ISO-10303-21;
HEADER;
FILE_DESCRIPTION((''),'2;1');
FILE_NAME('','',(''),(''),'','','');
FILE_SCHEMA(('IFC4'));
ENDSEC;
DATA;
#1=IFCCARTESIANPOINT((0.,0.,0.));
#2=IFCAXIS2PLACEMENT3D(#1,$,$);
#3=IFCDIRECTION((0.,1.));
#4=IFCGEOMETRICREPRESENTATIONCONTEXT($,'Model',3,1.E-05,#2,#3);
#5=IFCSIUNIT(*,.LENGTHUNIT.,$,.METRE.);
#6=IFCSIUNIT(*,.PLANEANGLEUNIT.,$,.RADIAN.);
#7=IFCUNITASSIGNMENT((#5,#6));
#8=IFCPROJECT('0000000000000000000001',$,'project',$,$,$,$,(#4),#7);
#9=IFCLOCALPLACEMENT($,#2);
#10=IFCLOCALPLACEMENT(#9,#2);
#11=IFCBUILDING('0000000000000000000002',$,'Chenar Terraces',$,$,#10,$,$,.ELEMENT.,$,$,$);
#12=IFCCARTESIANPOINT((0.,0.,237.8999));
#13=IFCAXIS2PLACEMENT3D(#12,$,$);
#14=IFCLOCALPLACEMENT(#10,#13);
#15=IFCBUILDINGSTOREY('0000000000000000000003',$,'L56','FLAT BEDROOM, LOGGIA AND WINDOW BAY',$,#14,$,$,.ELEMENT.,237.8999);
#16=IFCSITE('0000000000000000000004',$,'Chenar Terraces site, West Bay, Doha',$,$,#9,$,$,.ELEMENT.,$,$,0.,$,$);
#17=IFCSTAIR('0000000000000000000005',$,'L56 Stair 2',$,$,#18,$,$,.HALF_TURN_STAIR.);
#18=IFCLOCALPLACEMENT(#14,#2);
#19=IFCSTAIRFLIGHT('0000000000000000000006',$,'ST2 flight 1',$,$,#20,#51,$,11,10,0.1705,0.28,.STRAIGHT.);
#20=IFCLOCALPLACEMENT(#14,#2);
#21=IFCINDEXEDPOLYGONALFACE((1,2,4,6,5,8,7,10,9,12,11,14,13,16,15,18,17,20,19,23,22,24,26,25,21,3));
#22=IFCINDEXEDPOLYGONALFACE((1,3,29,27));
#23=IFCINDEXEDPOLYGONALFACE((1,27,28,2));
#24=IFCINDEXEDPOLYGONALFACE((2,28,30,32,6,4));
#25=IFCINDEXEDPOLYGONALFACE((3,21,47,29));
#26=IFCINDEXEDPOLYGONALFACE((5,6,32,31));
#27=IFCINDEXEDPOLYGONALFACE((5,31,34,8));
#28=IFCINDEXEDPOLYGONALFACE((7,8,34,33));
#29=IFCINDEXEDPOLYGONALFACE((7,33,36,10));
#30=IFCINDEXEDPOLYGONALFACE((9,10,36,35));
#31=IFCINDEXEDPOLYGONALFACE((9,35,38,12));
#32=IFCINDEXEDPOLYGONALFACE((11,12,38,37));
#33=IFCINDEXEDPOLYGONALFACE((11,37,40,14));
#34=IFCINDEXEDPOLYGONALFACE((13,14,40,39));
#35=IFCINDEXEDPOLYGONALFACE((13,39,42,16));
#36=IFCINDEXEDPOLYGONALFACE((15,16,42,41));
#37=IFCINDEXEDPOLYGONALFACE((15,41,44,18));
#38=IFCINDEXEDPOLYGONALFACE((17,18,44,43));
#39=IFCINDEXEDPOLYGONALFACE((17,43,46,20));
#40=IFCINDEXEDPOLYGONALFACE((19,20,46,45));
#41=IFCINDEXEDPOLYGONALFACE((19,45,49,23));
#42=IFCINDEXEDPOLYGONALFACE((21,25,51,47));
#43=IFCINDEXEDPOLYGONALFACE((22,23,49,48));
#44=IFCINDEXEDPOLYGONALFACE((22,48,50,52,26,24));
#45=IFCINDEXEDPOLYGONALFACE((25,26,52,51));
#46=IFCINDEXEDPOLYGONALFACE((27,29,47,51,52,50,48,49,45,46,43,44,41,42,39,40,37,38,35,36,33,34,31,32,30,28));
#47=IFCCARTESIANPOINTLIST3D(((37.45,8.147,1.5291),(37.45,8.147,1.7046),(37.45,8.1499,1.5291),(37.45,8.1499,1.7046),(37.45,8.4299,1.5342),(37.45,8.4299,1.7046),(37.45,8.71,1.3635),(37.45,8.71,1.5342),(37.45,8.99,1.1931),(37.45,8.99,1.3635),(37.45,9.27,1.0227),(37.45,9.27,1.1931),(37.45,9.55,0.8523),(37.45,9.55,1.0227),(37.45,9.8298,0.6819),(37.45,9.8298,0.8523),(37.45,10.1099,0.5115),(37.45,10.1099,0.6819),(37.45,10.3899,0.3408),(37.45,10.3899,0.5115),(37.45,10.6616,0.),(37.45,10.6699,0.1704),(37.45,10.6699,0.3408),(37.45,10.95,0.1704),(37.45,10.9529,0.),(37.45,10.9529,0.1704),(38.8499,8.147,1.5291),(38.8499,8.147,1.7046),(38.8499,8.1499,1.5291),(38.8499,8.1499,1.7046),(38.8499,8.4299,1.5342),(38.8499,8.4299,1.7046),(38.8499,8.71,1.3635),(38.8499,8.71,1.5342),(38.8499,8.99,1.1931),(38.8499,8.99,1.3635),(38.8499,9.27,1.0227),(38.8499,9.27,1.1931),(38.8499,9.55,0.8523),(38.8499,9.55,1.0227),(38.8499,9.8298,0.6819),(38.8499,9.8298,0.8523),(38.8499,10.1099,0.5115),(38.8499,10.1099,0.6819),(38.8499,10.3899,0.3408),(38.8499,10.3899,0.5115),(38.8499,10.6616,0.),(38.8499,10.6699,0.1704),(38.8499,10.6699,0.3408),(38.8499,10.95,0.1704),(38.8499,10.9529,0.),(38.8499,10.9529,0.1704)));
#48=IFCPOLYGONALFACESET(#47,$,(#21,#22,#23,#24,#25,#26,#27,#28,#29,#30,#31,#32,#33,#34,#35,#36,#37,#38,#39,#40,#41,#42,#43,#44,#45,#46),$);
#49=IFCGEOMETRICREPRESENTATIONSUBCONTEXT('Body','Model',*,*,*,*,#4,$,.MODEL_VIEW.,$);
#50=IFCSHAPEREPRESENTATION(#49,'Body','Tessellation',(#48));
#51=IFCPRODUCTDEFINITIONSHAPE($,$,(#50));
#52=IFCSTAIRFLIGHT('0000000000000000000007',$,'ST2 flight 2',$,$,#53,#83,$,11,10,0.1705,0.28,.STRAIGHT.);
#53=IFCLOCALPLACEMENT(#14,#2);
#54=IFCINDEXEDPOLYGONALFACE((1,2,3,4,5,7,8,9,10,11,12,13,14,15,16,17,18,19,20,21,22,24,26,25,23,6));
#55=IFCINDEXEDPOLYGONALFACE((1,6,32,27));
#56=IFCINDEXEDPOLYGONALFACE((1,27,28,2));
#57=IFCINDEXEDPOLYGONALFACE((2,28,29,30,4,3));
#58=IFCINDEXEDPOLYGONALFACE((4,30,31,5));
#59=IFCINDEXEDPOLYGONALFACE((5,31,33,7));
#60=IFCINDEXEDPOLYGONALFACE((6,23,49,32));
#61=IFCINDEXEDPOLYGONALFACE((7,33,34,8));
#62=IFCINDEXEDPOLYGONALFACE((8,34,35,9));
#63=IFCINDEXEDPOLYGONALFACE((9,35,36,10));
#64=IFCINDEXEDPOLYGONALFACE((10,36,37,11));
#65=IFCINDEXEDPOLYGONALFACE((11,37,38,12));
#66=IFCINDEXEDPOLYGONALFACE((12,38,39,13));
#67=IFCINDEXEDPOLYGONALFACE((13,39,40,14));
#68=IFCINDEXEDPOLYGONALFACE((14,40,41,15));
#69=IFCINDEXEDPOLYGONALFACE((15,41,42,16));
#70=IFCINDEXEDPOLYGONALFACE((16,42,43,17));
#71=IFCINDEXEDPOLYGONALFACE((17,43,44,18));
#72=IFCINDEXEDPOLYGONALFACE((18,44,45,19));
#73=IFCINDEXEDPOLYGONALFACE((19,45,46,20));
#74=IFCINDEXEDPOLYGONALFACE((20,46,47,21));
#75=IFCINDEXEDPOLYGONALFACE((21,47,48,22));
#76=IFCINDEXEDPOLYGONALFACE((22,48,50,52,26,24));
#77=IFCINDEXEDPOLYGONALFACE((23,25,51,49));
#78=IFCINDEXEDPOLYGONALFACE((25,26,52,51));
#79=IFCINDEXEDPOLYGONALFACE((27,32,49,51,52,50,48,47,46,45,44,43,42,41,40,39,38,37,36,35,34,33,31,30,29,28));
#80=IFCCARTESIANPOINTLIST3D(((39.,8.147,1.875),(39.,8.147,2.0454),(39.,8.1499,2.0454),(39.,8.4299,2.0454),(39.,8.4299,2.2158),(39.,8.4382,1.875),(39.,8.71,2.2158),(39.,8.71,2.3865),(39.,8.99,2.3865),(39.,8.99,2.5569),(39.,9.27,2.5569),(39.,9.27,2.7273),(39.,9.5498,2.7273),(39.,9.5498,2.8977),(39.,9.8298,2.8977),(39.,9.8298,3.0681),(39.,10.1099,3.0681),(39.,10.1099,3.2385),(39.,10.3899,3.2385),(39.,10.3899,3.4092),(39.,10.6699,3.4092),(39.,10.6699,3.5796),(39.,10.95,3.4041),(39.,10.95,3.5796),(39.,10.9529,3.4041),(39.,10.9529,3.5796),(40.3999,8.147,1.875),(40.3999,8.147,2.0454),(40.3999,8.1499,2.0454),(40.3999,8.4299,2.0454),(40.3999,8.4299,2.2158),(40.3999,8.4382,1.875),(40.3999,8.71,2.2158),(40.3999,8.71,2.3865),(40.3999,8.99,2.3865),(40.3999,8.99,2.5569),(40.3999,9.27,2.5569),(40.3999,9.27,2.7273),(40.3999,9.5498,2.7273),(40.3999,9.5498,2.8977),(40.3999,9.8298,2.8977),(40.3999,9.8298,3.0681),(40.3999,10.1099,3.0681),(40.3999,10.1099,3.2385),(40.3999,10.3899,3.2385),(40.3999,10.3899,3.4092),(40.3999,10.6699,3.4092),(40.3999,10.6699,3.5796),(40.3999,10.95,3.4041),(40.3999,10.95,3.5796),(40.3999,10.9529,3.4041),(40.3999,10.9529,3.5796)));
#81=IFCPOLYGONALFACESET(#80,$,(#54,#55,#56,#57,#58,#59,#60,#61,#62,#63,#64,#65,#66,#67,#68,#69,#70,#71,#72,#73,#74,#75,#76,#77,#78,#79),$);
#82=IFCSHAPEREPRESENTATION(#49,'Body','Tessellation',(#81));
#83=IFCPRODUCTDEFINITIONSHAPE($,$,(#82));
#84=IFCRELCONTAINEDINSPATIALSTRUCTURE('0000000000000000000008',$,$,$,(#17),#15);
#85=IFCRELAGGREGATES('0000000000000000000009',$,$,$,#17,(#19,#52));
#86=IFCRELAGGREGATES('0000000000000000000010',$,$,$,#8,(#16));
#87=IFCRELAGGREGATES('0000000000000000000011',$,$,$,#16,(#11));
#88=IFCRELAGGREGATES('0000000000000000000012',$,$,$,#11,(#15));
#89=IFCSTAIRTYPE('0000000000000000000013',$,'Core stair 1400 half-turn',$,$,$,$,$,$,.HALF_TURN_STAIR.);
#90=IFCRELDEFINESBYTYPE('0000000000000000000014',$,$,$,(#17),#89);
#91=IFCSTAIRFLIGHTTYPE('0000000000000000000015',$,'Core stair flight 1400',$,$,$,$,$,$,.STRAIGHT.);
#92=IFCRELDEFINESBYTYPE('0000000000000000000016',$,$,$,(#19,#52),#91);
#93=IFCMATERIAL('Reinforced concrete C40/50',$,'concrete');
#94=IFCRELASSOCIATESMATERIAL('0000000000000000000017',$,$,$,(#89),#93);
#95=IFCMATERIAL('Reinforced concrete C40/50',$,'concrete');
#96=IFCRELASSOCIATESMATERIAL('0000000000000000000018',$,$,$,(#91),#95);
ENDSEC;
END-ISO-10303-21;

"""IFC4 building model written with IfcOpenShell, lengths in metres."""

from ifc_helpers import new_model, si_unit, direction, frame, origin, place, context, subcontext, project, spatial, polyline, outline, extrude, material, type_object, element, aggregate, save


model = new_model("IFC4")

# Units and contexts
model_context = context("Model", 3, precision=1e-05, world=origin(), true_north=direction((0.0, 1.0)))
body_context = subcontext(model_context, "Body", "Model", "MODEL_VIEW")
ifc_project = project(units=[si_unit("LENGTHUNIT", "METRE"), si_unit("PLANEANGLEUNIT", "RADIAN")], contexts=[model_context])

# Site, building, storey
site_placement = place(None, origin())
site = spatial("IfcSite", under=ifc_project, at=site_placement, Name="Chenar Terraces site, West Bay, Doha", CompositionType="ELEMENT", RefElevation=0.0)
building_placement = place(site_placement, origin())
building = spatial("IfcBuilding", under=site, at=building_placement, Name="Chenar Terraces", CompositionType="ELEMENT")
storey_placement = place(building_placement, frame((0.0, 0.0, 237.8999)))
storey = spatial("IfcBuildingStorey", under=building, at=storey_placement, Name="L56", Description="FLAT BEDROOM, LOGGIA AND WINDOW BAY", CompositionType="ELEMENT", Elevation=237.8999)

# Stair, stair flights
ifc_material_1 = material(Name="Reinforced concrete C40/50", Category="concrete")
stair_type = type_object("IfcStairType", Name="Core stair 1400 half-turn", PredefinedType="HALF_TURN_STAIR", material=ifc_material_1)
stair_placement = place(storey_placement, origin())
stair = element("IfcStair", 1, at=stair_placement, inside=storey, type_object=stair_type, Name="L56 Stair 2", PredefinedType="HALF_TURN_STAIR")
ifc_material_2 = material(Name="Reinforced concrete C40/50", Category="concrete")
stair_flight_type = type_object("IfcStairFlightType", Name="Core stair flight 1400", PredefinedType="STRAIGHT", material=ifc_material_2)
stair_flight_1_placement = place(storey_placement, frame((38.1499, 10.95, 0.0), z_axis=(0.0, 0.0, 1.0), x_axis=(0.0, -1.0, 0.0)))
stair_flight_1 = element("IfcStairFlight", 2, at=stair_flight_1_placement, type_object=stair_flight_type, Name="ST2 flight 1", NumberOfRisers=11, NumberOfTreads=10, PredefinedType="STRAIGHT", RiserHeight=0.1705, TreadLength=0.28, context=body_context, shape_type="SweptSolid", body=[
    extrude(outline(polyline([(-0.0029, 0.0), (-0.0029, 0.1704), (0.0, 0.1704), (0.28, 0.1704), (0.28, 0.3408), (0.5601, 0.3408), (0.5601, 0.5115), (0.8401, 0.5115), (0.8401, 0.6819), (1.1201, 0.6819), (1.1201, 0.8523), (1.3999, 0.8523), (1.3999, 1.0227), (1.6799, 1.0227), (1.6799, 1.1931), (1.96, 1.1931), (1.96, 1.3635), (2.24, 1.3635), (2.24, 1.5342), (2.52, 1.5342), (2.52, 1.7046), (2.8, 1.7046), (2.803, 1.7046), (2.803, 1.5291), (2.8, 1.5291), (0.2883, 0.0), (-0.0029, 0.0)])), frame((0.0, 0.7, 0.0), z_axis=(0.0, -1.0, 0.0), x_axis=(1.0, 0.0, 0.0)), (0.0, 0.0, 1.0), 1.3999),
])
stair_flight_2_placement = place(storey_placement, frame((39.7, 8.1499, 1.875), z_axis=(0.0, 0.0, 1.0), x_axis=(0.0, 1.0, 0.0)))
stair_flight_2 = element("IfcStairFlight", 3, at=stair_flight_2_placement, type_object=stair_flight_type, Name="ST2 flight 2", NumberOfRisers=11, NumberOfTreads=10, PredefinedType="STRAIGHT", RiserHeight=0.1705, TreadLength=0.28, context=body_context, shape_type="SweptSolid", body=[
    extrude(outline(polyline([(-0.0029, 0.0), (-0.0029, 0.1704), (0.0, 0.1704), (0.28, 0.1704), (0.28, 0.3408), (0.5601, 0.3408), (0.5601, 0.5115), (0.8401, 0.5115), (0.8401, 0.6819), (1.1201, 0.6819), (1.1201, 0.8523), (1.3999, 0.8523), (1.3999, 1.0227), (1.6799, 1.0227), (1.6799, 1.1931), (1.96, 1.1931), (1.96, 1.3635), (2.24, 1.3635), (2.24, 1.5342), (2.52, 1.5342), (2.52, 1.7046), (2.8, 1.7046), (2.803, 1.7046), (2.803, 1.5291), (2.8, 1.5291), (0.2883, 0.0), (-0.0029, 0.0)])), frame((0.0, 0.7, 0.0), z_axis=(0.0, -1.0, 0.0), x_axis=(1.0, 0.0, 0.0)), (0.0, 0.0, 1.0), 1.3999),
])
aggregate(stair, [stair_flight_1, stair_flight_2])

save(model, "model.ifc")
